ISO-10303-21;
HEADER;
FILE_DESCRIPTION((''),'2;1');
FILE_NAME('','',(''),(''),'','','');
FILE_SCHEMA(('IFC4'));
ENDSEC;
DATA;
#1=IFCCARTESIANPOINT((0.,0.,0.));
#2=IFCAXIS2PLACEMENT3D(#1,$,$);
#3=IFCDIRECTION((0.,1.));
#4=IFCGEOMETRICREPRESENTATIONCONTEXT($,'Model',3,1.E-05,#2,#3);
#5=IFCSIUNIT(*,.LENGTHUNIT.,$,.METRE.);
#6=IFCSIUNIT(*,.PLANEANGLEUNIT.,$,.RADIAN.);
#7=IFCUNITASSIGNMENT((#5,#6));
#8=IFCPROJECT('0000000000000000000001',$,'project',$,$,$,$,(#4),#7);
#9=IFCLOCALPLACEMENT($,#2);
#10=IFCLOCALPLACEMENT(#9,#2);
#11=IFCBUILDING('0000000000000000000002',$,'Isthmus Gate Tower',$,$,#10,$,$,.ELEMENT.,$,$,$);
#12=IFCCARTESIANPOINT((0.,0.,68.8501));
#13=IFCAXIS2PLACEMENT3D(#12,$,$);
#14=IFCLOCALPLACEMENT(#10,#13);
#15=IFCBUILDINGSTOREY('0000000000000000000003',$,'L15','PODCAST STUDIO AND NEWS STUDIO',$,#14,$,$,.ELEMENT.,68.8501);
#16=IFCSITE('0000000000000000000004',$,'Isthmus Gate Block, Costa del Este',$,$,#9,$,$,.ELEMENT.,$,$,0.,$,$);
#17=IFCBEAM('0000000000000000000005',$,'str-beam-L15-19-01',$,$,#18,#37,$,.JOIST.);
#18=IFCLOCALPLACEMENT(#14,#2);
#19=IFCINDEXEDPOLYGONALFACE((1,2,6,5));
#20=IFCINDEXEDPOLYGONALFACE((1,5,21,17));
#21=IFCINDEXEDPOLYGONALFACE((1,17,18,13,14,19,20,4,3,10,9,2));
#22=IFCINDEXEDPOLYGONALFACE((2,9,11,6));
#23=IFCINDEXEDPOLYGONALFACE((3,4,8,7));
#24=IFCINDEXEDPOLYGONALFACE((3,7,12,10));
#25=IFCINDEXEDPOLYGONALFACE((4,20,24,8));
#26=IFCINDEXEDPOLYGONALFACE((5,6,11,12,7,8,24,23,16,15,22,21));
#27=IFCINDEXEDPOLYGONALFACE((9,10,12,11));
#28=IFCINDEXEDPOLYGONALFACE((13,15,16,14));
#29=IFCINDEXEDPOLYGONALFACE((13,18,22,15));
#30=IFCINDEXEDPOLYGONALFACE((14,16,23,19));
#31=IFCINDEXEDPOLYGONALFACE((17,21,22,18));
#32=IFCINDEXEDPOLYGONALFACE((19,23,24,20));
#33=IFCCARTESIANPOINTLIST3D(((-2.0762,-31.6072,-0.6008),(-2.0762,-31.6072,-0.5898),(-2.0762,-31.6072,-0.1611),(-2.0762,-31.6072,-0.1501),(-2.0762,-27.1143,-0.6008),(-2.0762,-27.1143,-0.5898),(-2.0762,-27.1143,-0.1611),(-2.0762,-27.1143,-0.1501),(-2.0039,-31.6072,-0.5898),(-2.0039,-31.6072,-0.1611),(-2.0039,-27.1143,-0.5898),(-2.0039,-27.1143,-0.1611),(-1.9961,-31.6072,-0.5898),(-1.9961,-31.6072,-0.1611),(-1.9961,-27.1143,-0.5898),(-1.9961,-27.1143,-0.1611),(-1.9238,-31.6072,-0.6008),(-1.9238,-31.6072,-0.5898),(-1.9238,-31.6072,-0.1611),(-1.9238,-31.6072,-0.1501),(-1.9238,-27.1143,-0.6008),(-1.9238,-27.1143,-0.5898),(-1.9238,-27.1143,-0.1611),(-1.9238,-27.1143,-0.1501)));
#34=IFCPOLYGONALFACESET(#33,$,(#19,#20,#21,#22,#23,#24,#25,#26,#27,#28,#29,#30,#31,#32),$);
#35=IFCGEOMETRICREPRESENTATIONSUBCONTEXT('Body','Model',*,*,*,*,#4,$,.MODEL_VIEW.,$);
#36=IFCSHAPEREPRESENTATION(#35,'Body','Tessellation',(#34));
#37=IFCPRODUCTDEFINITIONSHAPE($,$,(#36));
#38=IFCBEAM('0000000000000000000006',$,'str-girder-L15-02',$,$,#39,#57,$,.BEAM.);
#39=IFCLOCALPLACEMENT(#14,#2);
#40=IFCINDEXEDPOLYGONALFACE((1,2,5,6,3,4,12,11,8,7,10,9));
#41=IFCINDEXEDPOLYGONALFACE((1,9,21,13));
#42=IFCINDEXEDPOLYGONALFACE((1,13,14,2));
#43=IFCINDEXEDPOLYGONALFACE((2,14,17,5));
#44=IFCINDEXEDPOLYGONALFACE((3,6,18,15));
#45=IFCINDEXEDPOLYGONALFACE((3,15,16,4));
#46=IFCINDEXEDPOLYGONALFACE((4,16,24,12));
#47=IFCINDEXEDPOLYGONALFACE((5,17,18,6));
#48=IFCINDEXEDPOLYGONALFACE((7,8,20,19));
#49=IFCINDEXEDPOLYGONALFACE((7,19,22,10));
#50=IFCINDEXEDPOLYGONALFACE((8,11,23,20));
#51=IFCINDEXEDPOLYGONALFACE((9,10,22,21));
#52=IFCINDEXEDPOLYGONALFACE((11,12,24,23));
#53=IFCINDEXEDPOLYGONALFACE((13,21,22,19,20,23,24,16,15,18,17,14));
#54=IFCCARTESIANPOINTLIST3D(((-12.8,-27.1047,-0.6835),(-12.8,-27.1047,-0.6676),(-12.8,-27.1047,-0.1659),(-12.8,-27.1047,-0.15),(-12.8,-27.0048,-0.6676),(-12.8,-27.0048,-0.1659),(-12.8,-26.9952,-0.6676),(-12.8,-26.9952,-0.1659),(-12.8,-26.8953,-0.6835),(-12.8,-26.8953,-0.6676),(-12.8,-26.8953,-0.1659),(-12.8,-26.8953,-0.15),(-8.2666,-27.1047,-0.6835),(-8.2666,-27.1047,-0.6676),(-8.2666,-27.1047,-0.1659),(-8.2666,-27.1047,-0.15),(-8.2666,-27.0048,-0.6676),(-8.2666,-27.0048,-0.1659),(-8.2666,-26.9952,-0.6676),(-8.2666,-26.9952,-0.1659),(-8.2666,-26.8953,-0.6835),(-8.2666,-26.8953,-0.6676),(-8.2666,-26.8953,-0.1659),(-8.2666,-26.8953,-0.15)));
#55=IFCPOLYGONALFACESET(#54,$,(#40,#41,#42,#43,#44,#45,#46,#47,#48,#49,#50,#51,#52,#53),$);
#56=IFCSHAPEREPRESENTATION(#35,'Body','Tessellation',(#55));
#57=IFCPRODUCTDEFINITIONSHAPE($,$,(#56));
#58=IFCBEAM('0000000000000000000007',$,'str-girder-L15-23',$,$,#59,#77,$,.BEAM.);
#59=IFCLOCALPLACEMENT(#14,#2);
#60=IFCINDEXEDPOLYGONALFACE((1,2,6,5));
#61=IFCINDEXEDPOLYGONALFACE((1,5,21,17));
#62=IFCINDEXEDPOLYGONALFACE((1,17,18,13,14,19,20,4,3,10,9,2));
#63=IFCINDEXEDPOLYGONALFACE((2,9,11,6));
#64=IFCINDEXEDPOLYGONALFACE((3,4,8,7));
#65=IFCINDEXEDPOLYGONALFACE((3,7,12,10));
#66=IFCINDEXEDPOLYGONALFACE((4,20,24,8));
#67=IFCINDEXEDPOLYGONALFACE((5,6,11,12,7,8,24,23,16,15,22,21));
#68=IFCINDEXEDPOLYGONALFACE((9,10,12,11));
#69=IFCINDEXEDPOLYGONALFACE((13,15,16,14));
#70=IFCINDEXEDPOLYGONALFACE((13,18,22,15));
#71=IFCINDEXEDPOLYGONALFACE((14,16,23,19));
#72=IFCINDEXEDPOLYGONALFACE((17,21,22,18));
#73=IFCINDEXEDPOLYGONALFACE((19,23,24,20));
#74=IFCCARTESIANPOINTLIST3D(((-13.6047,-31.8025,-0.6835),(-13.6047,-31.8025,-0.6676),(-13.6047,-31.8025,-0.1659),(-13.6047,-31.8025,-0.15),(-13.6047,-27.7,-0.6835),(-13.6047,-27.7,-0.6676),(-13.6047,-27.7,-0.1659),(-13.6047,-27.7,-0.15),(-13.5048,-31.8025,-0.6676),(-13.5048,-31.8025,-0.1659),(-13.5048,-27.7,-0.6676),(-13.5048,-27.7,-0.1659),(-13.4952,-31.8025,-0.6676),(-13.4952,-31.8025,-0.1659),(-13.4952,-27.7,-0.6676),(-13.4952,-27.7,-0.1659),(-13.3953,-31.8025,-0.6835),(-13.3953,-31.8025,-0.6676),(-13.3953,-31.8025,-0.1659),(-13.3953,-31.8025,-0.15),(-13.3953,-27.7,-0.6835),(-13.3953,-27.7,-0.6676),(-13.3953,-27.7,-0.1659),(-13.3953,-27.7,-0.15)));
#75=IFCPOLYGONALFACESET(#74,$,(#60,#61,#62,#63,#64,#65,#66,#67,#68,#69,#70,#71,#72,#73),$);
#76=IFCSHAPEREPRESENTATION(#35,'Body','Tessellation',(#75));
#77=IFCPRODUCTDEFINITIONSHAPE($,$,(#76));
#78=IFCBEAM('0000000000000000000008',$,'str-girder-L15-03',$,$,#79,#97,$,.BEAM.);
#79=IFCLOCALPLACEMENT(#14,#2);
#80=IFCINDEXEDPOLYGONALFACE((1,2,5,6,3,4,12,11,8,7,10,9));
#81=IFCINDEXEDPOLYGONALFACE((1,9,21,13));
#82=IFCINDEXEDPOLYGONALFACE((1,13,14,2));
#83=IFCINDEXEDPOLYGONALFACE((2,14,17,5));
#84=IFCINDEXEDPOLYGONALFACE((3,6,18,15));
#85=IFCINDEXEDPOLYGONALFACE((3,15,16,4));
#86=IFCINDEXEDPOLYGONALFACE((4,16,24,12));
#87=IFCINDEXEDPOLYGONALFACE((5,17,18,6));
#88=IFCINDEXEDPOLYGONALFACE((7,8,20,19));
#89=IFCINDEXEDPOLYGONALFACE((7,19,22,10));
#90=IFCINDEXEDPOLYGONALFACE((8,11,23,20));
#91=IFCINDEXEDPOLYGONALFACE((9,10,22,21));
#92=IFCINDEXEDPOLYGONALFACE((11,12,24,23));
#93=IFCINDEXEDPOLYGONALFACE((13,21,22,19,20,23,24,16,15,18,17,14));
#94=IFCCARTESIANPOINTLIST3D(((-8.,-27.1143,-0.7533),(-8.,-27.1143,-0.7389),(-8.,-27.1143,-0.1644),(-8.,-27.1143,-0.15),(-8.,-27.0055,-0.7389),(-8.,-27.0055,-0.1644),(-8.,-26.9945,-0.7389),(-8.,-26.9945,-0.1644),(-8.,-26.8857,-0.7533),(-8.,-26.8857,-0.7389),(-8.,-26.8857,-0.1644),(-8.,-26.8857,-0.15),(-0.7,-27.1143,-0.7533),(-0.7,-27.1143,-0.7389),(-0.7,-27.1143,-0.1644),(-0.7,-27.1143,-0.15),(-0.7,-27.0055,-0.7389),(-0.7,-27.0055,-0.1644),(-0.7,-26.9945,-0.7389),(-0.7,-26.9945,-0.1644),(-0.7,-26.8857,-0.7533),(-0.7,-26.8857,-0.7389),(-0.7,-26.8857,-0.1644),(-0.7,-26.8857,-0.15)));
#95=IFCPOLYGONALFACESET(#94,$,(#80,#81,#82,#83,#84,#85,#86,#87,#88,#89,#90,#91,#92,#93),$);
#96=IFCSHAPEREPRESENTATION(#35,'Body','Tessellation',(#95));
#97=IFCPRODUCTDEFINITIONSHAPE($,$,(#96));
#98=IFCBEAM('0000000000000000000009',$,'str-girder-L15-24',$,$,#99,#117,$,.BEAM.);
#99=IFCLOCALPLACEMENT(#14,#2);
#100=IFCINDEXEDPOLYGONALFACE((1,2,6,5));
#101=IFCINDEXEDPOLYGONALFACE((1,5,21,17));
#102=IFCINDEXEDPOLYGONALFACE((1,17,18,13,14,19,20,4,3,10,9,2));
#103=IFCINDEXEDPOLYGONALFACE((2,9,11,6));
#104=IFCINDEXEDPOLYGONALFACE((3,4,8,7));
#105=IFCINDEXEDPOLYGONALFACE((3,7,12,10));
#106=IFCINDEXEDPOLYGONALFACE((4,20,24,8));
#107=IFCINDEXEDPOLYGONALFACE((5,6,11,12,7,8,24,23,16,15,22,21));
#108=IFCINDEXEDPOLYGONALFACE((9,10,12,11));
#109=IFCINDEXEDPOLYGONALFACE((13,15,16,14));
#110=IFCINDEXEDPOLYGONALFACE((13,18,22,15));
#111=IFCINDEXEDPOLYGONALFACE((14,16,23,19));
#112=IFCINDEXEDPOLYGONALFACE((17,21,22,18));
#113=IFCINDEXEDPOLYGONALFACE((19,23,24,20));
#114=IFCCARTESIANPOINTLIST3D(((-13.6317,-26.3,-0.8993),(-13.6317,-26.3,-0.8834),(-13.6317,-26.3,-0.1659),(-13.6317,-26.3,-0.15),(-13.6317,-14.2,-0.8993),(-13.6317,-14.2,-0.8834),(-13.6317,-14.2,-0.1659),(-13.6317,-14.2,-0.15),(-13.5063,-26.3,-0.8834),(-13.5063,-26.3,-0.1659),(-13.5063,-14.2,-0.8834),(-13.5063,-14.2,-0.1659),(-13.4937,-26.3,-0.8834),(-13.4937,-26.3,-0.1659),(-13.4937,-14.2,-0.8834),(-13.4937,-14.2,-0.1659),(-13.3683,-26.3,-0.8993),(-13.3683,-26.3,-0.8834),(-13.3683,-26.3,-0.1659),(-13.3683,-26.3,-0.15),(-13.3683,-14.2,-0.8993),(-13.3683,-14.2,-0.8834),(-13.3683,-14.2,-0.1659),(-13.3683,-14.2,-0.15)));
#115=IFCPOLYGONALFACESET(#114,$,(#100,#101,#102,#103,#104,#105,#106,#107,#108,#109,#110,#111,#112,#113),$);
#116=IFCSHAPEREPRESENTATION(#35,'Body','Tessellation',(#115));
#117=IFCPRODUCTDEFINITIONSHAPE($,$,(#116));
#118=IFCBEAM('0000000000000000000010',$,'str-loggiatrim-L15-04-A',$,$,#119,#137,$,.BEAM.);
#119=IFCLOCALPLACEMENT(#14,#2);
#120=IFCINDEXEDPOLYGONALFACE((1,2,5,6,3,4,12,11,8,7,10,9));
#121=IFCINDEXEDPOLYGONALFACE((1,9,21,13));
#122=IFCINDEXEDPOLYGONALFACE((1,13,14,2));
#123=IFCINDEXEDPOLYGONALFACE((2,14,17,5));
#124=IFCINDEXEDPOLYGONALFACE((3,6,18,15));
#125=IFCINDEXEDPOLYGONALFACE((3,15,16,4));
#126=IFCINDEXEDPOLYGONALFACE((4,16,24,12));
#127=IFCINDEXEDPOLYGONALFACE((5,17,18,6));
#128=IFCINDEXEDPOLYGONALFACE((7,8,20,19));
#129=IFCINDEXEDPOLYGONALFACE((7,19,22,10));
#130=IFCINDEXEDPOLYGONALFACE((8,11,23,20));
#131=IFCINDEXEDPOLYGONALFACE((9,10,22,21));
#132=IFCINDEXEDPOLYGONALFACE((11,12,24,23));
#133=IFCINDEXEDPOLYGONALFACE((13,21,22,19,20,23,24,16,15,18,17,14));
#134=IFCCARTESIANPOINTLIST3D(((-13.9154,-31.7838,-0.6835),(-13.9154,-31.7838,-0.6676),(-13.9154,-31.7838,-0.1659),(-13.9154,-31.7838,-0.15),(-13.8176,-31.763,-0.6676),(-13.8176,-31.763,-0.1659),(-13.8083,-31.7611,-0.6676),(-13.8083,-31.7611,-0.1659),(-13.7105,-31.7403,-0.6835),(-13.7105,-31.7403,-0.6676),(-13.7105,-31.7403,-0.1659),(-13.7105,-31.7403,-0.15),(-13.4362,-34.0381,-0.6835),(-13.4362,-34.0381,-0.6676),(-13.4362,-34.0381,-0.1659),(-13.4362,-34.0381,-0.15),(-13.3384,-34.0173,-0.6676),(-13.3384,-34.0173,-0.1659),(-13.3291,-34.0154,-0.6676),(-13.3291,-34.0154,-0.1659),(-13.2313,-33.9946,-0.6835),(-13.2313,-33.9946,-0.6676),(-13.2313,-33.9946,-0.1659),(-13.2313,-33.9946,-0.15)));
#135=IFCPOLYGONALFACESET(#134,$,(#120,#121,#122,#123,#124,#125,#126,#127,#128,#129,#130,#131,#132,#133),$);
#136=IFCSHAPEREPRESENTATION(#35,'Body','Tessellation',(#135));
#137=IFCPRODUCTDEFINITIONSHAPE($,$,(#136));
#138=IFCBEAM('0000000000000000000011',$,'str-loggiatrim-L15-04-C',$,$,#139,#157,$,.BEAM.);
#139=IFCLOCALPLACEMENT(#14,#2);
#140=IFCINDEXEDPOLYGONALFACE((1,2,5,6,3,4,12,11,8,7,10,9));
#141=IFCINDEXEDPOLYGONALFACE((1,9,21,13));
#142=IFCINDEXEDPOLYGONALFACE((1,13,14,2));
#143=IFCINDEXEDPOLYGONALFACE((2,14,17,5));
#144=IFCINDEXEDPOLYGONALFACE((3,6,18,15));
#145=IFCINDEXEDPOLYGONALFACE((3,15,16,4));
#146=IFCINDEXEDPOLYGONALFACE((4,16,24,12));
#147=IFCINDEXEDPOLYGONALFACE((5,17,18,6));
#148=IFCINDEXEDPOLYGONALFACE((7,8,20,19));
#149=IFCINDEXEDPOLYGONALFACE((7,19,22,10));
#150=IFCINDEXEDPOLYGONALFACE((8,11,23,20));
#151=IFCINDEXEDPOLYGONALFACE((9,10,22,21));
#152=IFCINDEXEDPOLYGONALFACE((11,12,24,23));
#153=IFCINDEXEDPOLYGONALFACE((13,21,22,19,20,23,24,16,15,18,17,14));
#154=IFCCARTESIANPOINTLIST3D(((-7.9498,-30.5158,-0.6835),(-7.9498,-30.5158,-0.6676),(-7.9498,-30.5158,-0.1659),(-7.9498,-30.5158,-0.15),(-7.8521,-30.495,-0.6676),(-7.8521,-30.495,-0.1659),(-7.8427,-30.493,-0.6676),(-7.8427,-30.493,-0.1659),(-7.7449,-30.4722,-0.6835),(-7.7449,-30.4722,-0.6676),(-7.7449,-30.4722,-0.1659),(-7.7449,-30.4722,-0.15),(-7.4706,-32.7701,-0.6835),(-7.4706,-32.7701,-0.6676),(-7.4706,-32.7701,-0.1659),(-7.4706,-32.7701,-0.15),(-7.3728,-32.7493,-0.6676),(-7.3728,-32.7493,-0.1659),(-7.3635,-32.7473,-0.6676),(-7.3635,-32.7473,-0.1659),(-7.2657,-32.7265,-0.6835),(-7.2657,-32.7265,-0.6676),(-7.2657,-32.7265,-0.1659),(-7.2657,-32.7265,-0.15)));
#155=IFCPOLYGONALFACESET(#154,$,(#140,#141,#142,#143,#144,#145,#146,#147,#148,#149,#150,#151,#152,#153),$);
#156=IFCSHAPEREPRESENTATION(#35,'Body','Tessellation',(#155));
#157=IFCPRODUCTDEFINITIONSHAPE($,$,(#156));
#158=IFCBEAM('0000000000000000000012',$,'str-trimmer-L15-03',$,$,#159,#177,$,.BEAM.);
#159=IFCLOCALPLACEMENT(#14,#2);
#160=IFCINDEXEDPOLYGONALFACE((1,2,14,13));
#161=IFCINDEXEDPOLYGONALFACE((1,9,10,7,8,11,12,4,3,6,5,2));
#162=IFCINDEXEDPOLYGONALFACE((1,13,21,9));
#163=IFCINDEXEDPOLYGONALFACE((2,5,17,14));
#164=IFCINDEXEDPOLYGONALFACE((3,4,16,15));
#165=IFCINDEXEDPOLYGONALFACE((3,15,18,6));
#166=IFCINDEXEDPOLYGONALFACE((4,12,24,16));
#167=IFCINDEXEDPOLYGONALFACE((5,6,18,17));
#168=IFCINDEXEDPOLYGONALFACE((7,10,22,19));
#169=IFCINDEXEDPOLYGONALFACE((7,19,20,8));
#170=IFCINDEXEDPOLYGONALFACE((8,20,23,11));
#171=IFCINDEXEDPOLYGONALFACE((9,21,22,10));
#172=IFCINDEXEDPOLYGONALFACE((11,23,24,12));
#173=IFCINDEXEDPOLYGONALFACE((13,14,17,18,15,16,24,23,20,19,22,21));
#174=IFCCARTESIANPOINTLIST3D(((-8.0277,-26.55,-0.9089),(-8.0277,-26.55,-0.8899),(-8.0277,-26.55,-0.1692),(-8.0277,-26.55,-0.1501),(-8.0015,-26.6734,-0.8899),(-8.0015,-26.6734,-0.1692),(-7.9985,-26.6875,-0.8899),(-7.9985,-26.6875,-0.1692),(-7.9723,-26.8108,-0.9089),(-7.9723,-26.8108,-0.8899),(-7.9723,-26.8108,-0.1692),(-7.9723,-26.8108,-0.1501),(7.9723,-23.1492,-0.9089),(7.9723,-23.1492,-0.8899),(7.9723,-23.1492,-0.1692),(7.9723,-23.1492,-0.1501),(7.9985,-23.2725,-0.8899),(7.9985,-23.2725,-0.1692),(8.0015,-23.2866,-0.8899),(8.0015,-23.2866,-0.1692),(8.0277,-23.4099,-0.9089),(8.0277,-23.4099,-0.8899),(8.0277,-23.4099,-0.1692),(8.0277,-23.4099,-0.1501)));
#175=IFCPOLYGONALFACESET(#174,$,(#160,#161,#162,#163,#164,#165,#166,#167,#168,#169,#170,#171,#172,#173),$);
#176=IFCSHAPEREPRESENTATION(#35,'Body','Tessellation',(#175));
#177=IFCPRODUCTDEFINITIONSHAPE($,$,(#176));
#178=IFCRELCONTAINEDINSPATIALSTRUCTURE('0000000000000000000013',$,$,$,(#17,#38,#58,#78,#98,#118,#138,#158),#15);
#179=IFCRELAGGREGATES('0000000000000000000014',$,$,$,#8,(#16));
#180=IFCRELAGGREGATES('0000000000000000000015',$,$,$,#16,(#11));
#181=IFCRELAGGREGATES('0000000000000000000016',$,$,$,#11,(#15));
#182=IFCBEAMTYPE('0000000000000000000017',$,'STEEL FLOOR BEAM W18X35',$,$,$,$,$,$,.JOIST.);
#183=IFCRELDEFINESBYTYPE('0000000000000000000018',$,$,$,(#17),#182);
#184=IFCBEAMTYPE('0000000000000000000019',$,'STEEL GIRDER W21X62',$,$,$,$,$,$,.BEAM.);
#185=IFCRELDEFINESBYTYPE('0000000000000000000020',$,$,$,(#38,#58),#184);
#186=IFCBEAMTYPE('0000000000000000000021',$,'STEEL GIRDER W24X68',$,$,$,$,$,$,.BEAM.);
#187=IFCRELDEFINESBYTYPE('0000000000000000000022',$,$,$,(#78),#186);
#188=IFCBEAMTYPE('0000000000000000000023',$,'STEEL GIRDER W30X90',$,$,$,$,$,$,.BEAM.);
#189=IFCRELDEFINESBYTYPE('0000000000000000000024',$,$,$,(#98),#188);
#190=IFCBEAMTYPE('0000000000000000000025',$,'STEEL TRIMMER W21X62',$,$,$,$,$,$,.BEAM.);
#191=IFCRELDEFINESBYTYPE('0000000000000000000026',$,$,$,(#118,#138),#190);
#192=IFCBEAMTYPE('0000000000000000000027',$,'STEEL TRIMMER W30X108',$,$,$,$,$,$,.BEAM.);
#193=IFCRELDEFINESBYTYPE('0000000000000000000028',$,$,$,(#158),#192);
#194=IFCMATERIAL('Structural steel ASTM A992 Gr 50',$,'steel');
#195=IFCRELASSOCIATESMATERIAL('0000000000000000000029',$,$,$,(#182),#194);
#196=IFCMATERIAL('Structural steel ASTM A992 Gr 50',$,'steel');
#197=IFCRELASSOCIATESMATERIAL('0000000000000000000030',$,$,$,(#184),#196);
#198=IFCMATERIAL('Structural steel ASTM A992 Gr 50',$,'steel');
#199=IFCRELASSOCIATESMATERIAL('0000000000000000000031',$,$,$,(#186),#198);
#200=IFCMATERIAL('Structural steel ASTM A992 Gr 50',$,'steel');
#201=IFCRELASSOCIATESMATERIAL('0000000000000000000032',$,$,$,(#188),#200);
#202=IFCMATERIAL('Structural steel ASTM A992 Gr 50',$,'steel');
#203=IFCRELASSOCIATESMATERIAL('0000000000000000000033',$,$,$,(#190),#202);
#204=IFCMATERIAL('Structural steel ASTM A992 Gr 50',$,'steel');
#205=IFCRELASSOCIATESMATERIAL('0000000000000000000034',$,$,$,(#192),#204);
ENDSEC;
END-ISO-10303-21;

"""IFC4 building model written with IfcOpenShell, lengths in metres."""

from ifc_helpers import new_model, si_unit, direction, frame, origin, origin_2d, place, context, subcontext, project, spatial, i_section, extrude, material, material_profile, profile_set, type_object, element, save


model = new_model("IFC4")

# Units and contexts
model_context = context("Model", 3, precision=1e-05, world=origin(), true_north=direction((0.0, 1.0)))
body_context = subcontext(model_context, "Body", "Model", "MODEL_VIEW")
ifc_project = project(units=[si_unit("LENGTHUNIT", "METRE"), si_unit("PLANEANGLEUNIT", "RADIAN")], contexts=[model_context])

# Site, building, storey
site_placement = place(None, origin())
site = spatial("IfcSite", under=ifc_project, at=site_placement, Name="Isthmus Gate Block, Costa del Este", CompositionType="ELEMENT", RefElevation=0.0)
building_placement = place(site_placement, origin())
building = spatial("IfcBuilding", under=site, at=building_placement, Name="Isthmus Gate Tower", CompositionType="ELEMENT")
storey_placement = place(building_placement, frame((0.0, 0.0, 68.8501)))
storey = spatial("IfcBuildingStorey", under=building, at=storey_placement, Name="L15", Description="PODCAST STUDIO AND NEWS STUDIO", CompositionType="ELEMENT", Elevation=68.8501)

# Beams
ifc_material_1 = material(Name="Structural steel ASTM A992 Gr 50", Category="steel")
ifc_material_profile_1 = material_profile(ifc_material_1, i_section(OverallWidth=0.1523, OverallDepth=0.4507, WebThickness=0.0078, FlangeThickness=0.011, at=origin_2d()), Name="W18X35")
ifc_profile_set_1 = profile_set([ifc_material_profile_1], Name="Structural steel ASTM A992 Gr 50")
beam_type_1 = type_object("IfcBeamType", Name="STEEL FLOOR BEAM W18X35", PredefinedType="JOIST", material=ifc_profile_set_1)
beam_1_placement = place(storey_placement, frame((-2.0, -31.6072, -0.3755), z_axis=(0.0, 1.0, 0.0), x_axis=(-1.0, 0.0, 0.0)))
element("IfcBeam", 1, at=beam_1_placement, inside=storey, type_object=beam_type_1, Name="str-beam-L15-19-01", PredefinedType="JOIST", context=body_context, shape_type="SweptSolid", body=[
    extrude(i_section(OverallWidth=0.1523, OverallDepth=0.4507, WebThickness=0.0078, FlangeThickness=0.011, at=origin_2d()), origin(), (0.0, 0.0, 1.0), 4.4929),
])
ifc_material_2 = material(Name="Structural steel ASTM A992 Gr 50", Category="steel")
ifc_material_profile_2 = material_profile(ifc_material_2, i_section(OverallWidth=0.2095, OverallDepth=0.5334, WebThickness=0.0095, FlangeThickness=0.0159, at=origin_2d()), Name="W21X62")
ifc_profile_set_2 = profile_set([ifc_material_profile_2], Name="Structural steel ASTM A992 Gr 50")
beam_type_2 = type_object("IfcBeamType", Name="STEEL GIRDER W21X62", PredefinedType="BEAM", material=ifc_profile_set_2)
beam_2_placement = place(storey_placement, frame((-12.8, -27.0, -0.4167), z_axis=(1.0, 0.0, 0.0), x_axis=(0.0, 1.0, 0.0)))
element("IfcBeam", 2, at=beam_2_placement, inside=storey, type_object=beam_type_2, Name="str-girder-L15-02", PredefinedType="BEAM", context=body_context, shape_type="SweptSolid", body=[
    extrude(i_section(OverallWidth=0.2095, OverallDepth=0.5334, WebThickness=0.0095, FlangeThickness=0.0159, at=origin_2d()), origin(), (0.0, 0.0, 1.0), 4.5334),
])
beam_3_placement = place(storey_placement, frame((-13.5, -31.8025, -0.4167), z_axis=(0.0, 1.0, 0.0), x_axis=(-1.0, 0.0, 0.0)))
element("IfcBeam", 3, at=beam_3_placement, inside=storey, type_object=beam_type_2, Name="str-girder-L15-23", PredefinedType="BEAM", context=body_context, shape_type="SweptSolid", body=[
    extrude(i_section(OverallWidth=0.2095, OverallDepth=0.5334, WebThickness=0.0095, FlangeThickness=0.0159, at=origin_2d()), origin(), (0.0, 0.0, 1.0), 4.1025),
])
ifc_material_3 = material(Name="Structural steel ASTM A992 Gr 50", Category="steel")
ifc_material_profile_3 = material_profile(ifc_material_3, i_section(OverallWidth=0.2285, OverallDepth=0.6033, WebThickness=0.011, FlangeThickness=0.0144, at=origin_2d()), Name="W24X68")
ifc_profile_set_3 = profile_set([ifc_material_profile_3], Name="Structural steel ASTM A992 Gr 50")
beam_type_3 = type_object("IfcBeamType", Name="STEEL GIRDER W24X68", PredefinedType="BEAM", material=ifc_profile_set_3)
beam_4_placement = place(storey_placement, frame((-8.0, -27.0, -0.4517), z_axis=(1.0, 0.0, 0.0), x_axis=(0.0, 1.0, 0.0)))
element("IfcBeam", 4, at=beam_4_placement, inside=storey, type_object=beam_type_3, Name="str-girder-L15-03", PredefinedType="BEAM", context=body_context, shape_type="SweptSolid", body=[
    extrude(i_section(OverallWidth=0.2285, OverallDepth=0.6033, WebThickness=0.011, FlangeThickness=0.0144, at=origin_2d()), origin(), (0.0, 0.0, 1.0), 7.3),
])
ifc_material_4 = material(Name="Structural steel ASTM A992 Gr 50", Category="steel")
ifc_material_profile_4 = material_profile(ifc_material_4, i_section(OverallWidth=0.2634, OverallDepth=0.7493, WebThickness=0.0127, FlangeThickness=0.0159, at=origin_2d()), Name="W30X90")
ifc_profile_set_4 = profile_set([ifc_material_profile_4], Name="Structural steel ASTM A992 Gr 50")
beam_type_4 = type_object("IfcBeamType", Name="STEEL GIRDER W30X90", PredefinedType="BEAM", material=ifc_profile_set_4)
beam_5_placement = place(storey_placement, frame((-13.5, -26.3, -0.5247), z_axis=(0.0, 1.0, 0.0), x_axis=(-1.0, 0.0, 0.0)))
element("IfcBeam", 5, at=beam_5_placement, inside=storey, type_object=beam_type_4, Name="str-girder-L15-24", PredefinedType="BEAM", context=body_context, shape_type="SweptSolid", body=[
    extrude(i_section(OverallWidth=0.2634, OverallDepth=0.7493, WebThickness=0.0127, FlangeThickness=0.0159, at=origin_2d()), origin(), (0.0, 0.0, 1.0), 12.1001),
])
ifc_material_5 = material(Name="Structural steel ASTM A992 Gr 50", Category="steel")
ifc_material_profile_5 = material_profile(ifc_material_5, i_section(OverallWidth=0.2095, OverallDepth=0.5334, WebThickness=0.0095, FlangeThickness=0.0159, at=origin_2d()), Name="W21X62")
ifc_profile_set_5 = profile_set([ifc_material_profile_5], Name="Structural steel ASTM A992 Gr 50")
beam_type_5 = type_object("IfcBeamType", Name="STEEL TRIMMER W21X62", PredefinedType="BEAM", material=ifc_profile_set_5)
for number, where, z_axis, x_axis, name in (
    (6, (-13.3337, -34.0164, -0.4167), (-0.207937, 0.978142, 0.0), (-0.978142, -0.207937, 0.0), "str-loggiatrim-L15-04-A"),
    (7, (-7.3682, -32.7483, -0.4167), (-0.207937, 0.978142, 0.0), (-0.978142, -0.207937, 0.0), "str-loggiatrim-L15-04-C"),
):
    element("IfcBeam", number, at=place(storey_placement, frame(where, z_axis=z_axis, x_axis=x_axis)), inside=storey, type_object=beam_type_5, Name=name, PredefinedType="BEAM", context=body_context, shape_type="SweptSolid", body=[
        extrude(i_section(OverallWidth=0.2095, OverallDepth=0.5334, WebThickness=0.0095, FlangeThickness=0.0159, at=origin_2d()), origin(), (0.0, 0.0, 1.0), 2.3047),
    ])
ifc_material_6 = material(Name="Structural steel ASTM A992 Gr 50", Category="steel")
ifc_material_profile_6 = material_profile(ifc_material_6, i_section(OverallWidth=0.2666, OverallDepth=0.7588, WebThickness=0.0144, FlangeThickness=0.019, at=origin_2d()), Name="W30X108")
ifc_profile_set_6 = profile_set([ifc_material_profile_6], Name="Structural steel ASTM A992 Gr 50")
beam_type_6 = type_object("IfcBeamType", Name="STEEL TRIMMER W30X108", PredefinedType="BEAM", material=ifc_profile_set_6)
beam_6_placement = place(storey_placement, frame((-8.0, -26.6804, -0.5295), z_axis=(0.978148, 0.20791, 0.0), x_axis=(-0.20791, 0.978148, 0.0)))
element("IfcBeam", 8, at=beam_6_placement, inside=storey, type_object=beam_type_6, Name="str-trimmer-L15-03", PredefinedType="BEAM", context=body_context, shape_type="SweptSolid", body=[
    extrude(i_section(OverallWidth=0.2666, OverallDepth=0.7588, WebThickness=0.0144, FlangeThickness=0.019, at=origin_2d()), origin(), (0.0, 0.0, 1.0), 16.3574),
])

save(model, "model.ifc")
